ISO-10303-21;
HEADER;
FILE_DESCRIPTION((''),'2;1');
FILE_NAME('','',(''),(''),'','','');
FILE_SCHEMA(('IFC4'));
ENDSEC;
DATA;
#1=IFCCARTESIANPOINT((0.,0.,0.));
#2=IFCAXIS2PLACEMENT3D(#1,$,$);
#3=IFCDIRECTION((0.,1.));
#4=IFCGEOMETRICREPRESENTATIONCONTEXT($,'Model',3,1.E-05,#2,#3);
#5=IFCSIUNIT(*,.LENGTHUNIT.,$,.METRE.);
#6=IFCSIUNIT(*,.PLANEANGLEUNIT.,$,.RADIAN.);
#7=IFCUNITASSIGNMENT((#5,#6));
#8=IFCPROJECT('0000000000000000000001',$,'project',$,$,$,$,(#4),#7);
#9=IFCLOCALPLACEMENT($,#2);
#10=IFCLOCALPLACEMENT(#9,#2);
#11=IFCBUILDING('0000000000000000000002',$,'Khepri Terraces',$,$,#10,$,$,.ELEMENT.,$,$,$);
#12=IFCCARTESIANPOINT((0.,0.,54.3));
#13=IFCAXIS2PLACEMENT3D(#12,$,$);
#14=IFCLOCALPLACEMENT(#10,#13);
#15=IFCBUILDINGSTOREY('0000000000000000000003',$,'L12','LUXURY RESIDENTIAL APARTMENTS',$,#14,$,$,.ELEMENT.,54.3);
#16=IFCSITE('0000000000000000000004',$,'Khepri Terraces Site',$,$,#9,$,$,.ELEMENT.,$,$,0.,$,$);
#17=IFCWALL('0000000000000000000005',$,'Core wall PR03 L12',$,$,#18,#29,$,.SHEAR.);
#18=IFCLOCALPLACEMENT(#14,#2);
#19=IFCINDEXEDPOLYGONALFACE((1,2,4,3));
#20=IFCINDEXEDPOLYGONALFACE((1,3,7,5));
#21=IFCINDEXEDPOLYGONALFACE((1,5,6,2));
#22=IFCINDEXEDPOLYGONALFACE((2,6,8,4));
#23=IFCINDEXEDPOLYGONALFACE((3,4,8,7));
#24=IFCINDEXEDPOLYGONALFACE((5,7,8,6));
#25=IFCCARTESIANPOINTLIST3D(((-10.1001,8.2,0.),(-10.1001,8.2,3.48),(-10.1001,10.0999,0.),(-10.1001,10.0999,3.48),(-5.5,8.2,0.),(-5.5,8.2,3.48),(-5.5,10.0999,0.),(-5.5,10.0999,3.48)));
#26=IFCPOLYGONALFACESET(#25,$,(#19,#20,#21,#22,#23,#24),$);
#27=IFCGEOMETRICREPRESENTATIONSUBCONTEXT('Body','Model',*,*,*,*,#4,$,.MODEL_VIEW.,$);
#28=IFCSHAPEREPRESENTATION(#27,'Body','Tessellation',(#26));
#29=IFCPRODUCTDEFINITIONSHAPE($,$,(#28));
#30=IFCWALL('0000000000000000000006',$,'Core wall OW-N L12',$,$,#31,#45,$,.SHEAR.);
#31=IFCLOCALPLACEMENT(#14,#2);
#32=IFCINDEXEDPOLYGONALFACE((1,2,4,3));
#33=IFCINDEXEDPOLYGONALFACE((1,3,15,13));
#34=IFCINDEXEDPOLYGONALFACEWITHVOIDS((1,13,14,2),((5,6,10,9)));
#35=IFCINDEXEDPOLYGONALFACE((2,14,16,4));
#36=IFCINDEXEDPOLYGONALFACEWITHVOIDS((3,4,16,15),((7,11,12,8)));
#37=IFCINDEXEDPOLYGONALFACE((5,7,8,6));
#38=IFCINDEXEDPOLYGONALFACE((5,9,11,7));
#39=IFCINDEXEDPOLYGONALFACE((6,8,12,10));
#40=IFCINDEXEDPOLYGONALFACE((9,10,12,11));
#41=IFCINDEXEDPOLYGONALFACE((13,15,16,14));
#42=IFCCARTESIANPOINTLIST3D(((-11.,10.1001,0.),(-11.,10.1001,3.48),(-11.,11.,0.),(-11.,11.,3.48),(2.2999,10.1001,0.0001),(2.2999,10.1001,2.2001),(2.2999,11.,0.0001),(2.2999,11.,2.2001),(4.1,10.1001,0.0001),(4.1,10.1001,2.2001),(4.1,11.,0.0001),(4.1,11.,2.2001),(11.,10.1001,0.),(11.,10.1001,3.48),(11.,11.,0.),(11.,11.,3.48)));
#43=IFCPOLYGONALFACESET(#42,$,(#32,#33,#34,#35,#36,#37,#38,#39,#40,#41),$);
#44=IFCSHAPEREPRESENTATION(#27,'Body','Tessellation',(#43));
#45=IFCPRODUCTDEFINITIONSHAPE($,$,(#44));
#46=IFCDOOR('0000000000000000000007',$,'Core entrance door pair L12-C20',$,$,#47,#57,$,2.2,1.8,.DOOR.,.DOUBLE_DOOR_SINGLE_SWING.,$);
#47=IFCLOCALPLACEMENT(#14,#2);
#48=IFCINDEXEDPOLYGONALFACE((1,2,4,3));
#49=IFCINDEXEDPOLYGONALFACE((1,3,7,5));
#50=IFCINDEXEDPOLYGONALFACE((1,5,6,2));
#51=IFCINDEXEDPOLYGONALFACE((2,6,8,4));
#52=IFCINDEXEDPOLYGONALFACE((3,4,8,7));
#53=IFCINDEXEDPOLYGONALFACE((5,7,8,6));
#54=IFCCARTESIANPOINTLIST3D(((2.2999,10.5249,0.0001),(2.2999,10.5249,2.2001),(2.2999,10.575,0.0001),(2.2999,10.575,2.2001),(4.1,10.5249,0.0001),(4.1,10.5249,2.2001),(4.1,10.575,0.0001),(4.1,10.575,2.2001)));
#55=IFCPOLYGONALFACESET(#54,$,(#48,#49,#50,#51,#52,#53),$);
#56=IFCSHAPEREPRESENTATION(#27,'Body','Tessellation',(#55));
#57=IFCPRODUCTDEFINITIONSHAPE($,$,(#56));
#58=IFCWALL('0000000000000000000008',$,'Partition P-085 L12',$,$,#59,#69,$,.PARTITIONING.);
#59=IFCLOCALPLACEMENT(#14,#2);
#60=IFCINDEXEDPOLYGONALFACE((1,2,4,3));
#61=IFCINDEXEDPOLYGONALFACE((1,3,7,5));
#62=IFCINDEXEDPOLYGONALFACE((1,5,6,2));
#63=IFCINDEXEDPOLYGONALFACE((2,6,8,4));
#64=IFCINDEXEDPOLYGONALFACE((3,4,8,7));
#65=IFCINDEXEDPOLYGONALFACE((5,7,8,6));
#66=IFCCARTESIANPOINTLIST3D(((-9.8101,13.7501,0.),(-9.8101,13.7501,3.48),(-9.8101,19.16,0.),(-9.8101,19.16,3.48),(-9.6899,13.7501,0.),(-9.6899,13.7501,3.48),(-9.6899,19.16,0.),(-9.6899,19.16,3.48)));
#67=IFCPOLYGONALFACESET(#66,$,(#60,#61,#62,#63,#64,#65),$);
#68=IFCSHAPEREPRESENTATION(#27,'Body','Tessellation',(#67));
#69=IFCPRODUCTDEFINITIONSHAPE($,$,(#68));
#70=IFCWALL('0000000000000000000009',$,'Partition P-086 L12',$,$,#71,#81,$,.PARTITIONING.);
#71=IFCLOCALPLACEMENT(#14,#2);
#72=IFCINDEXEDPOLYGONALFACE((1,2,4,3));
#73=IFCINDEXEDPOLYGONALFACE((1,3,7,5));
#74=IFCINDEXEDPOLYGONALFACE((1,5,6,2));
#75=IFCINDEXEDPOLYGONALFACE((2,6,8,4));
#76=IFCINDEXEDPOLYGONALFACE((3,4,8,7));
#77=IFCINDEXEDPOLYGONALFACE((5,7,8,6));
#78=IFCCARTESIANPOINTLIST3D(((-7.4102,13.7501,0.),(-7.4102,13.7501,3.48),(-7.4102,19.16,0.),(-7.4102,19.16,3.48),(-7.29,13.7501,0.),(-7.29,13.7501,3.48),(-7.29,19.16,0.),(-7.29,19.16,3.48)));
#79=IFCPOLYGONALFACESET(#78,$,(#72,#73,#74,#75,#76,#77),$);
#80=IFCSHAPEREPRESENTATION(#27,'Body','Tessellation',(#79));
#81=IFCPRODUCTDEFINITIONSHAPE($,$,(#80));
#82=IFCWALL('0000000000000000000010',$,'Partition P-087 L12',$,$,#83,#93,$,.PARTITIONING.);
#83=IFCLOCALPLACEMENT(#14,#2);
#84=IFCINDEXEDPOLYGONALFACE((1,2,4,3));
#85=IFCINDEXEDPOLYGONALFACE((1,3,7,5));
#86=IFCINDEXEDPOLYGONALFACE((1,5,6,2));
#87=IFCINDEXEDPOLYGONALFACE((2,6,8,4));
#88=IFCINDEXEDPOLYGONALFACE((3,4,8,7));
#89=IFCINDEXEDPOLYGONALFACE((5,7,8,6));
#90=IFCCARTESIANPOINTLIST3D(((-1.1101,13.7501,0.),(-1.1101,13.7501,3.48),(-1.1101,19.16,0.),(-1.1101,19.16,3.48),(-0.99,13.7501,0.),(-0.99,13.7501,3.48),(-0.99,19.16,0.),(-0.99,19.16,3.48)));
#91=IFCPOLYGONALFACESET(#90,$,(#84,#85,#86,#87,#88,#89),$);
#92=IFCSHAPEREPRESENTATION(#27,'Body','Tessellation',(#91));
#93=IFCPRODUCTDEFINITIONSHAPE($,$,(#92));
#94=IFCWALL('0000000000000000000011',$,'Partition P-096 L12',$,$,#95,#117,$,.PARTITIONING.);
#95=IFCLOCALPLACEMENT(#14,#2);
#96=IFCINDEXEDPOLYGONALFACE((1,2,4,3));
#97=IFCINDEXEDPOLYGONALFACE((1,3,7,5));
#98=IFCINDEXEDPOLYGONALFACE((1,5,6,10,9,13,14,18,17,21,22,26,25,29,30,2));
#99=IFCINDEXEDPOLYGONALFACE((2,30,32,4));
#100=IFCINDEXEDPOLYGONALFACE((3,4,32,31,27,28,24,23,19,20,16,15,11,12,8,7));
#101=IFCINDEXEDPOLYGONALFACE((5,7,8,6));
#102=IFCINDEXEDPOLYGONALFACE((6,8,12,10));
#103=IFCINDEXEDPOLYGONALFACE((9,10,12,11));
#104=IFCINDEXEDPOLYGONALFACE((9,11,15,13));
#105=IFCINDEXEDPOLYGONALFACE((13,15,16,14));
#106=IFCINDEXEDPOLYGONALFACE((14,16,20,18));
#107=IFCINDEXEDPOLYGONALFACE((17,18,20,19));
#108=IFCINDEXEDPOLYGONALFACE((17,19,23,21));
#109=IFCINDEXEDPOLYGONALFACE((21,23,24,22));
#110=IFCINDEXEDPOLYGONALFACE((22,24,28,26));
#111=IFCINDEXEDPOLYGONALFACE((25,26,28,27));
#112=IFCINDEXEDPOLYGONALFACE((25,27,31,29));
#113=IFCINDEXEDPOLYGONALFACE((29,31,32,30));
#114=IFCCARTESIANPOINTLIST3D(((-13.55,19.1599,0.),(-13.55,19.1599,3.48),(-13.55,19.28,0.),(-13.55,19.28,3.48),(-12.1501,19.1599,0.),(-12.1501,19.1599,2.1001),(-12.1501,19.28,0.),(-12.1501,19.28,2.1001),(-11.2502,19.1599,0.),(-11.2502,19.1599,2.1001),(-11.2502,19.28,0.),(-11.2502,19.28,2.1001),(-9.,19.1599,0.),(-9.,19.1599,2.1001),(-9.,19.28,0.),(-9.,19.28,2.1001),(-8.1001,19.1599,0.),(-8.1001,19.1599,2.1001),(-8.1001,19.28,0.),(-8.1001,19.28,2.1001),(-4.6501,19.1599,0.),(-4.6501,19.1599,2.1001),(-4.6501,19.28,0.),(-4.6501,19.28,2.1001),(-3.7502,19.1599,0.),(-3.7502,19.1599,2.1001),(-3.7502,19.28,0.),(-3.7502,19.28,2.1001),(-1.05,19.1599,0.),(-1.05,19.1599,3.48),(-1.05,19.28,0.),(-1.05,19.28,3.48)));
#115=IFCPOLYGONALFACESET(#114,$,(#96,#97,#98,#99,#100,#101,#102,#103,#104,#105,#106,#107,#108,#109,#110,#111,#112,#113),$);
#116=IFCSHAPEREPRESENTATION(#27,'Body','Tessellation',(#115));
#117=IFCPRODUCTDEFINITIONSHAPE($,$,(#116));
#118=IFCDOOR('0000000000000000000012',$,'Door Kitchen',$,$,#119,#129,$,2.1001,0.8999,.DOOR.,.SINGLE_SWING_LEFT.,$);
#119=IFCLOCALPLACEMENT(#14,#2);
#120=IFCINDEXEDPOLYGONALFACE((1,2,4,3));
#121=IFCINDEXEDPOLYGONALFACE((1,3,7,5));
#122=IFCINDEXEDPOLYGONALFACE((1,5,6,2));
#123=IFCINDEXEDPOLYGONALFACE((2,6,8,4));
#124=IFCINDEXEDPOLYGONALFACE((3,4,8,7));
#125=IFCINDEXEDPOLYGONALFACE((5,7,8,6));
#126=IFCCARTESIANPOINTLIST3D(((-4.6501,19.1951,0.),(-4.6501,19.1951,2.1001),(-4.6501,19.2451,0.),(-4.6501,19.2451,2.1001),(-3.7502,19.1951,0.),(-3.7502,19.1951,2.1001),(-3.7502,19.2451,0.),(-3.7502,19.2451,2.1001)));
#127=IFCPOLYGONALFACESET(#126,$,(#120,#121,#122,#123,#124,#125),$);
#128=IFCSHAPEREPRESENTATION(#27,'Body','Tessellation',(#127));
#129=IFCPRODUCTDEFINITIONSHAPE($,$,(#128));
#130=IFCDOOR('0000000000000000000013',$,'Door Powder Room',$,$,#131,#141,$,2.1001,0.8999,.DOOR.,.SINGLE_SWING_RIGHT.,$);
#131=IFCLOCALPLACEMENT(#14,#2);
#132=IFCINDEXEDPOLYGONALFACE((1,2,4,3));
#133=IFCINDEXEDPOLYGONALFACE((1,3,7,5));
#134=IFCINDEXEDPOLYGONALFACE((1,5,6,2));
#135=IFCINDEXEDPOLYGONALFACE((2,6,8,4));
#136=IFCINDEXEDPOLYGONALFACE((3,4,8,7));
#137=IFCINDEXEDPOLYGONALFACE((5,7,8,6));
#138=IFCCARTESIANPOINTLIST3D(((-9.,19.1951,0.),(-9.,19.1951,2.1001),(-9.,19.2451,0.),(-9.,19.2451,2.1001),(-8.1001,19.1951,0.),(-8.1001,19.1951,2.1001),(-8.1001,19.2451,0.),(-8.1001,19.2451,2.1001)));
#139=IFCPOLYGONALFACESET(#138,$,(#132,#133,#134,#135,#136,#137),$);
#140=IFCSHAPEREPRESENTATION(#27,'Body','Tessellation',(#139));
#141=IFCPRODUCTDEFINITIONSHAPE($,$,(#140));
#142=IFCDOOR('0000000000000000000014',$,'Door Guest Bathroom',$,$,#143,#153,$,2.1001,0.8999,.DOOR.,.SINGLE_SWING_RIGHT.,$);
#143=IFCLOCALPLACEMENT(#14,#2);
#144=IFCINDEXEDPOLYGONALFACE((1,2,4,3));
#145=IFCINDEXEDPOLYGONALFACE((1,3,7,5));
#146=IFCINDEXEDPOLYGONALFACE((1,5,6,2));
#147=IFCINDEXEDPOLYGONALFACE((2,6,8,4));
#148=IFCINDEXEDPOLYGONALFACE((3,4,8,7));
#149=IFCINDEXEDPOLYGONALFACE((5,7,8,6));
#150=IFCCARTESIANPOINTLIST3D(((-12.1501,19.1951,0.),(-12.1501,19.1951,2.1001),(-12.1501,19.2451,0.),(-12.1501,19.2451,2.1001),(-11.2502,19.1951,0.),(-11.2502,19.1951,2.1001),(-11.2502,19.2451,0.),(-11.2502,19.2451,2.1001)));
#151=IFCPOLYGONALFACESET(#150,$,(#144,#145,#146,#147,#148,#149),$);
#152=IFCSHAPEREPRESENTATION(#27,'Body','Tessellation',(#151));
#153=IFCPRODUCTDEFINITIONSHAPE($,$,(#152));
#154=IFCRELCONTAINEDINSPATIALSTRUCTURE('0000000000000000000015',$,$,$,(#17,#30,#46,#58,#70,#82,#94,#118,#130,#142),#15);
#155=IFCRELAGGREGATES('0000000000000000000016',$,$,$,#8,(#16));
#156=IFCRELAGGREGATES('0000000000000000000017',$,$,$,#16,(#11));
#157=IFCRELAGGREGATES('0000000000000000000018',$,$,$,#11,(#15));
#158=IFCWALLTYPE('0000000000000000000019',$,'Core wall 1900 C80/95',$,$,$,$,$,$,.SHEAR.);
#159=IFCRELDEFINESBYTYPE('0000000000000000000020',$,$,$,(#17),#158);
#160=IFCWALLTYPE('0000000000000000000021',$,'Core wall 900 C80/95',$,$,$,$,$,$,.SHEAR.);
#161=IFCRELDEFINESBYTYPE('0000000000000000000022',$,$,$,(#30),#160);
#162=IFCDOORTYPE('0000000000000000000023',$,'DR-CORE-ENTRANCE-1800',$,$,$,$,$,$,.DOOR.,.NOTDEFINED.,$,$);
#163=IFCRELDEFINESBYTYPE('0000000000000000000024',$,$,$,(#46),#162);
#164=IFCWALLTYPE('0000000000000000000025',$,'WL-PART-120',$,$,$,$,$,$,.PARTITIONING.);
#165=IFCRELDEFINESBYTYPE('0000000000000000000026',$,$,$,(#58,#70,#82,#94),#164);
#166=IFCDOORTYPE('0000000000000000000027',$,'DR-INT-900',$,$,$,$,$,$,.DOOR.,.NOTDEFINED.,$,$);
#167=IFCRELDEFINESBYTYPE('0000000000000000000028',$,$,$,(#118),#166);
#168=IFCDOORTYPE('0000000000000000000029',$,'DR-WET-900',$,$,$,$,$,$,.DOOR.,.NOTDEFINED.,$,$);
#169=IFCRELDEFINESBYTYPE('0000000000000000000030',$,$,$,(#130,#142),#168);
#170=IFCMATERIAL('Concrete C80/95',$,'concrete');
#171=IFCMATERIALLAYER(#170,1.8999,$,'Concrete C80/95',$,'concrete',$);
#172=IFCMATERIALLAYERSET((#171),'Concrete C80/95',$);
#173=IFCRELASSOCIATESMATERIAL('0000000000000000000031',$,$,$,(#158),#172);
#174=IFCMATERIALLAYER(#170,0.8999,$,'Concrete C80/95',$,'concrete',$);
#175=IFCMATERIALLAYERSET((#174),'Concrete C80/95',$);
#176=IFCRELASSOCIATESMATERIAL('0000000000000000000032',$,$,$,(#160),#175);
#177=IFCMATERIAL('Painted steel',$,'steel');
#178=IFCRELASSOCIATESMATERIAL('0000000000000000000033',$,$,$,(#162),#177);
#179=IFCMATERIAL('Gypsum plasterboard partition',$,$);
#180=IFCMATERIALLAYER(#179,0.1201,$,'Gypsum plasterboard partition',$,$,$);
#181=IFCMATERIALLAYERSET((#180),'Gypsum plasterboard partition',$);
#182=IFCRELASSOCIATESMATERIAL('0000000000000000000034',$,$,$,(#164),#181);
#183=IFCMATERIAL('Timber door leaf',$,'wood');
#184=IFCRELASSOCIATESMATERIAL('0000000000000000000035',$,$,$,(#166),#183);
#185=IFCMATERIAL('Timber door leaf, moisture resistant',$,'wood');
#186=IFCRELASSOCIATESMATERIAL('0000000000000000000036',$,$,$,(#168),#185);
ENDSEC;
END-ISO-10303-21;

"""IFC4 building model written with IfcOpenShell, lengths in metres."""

from ifc_helpers import new_model, si_unit, direction, frame, frame_2d, origin, place, context, subcontext, project, spatial, rectangle, extrude, material, layer, layer_set, type_object, element, fill, save


model = new_model("IFC4")

# Units and contexts
model_context = context("Model", 3, precision=1e-05, world=origin(), true_north=direction((0.0, 1.0)))
body_context = subcontext(model_context, "Body", "Model", "MODEL_VIEW")
ifc_project = project(units=[si_unit("LENGTHUNIT", "METRE"), si_unit("PLANEANGLEUNIT", "RADIAN")], contexts=[model_context])

# Site, building, storey
site_placement = place(None, origin())
site = spatial("IfcSite", under=ifc_project, at=site_placement, Name="Khepri Terraces Site", CompositionType="ELEMENT", RefElevation=0.0)
building_placement = place(site_placement, origin())
building = spatial("IfcBuilding", under=site, at=building_placement, Name="Khepri Terraces", CompositionType="ELEMENT")
storey_placement = place(building_placement, frame((0.0, 0.0, 54.3)))
storey = spatial("IfcBuildingStorey", under=building, at=storey_placement, Name="L12", Description="LUXURY RESIDENTIAL APARTMENTS", CompositionType="ELEMENT", Elevation=54.3)

# Wall
ifc_material_1 = material(Name="Concrete C80/95", Category="concrete")
ifc_layer_1 = layer(ifc_material_1, 1.8999, Name="Concrete C80/95", Category="concrete")
ifc_layer_set_1 = layer_set([ifc_layer_1], Name="Concrete C80/95")
wall_type_1 = type_object("IfcWallType", Name="Core wall 1900 C80/95", PredefinedType="SHEAR", material=ifc_layer_set_1)
wall_1_placement = place(storey_placement, frame((-10.1001, 9.1499, 0.0), z_axis=(0.0, 0.0, 1.0), x_axis=(1.0, 0.0, 0.0)))
element("IfcWall", 1, at=wall_1_placement, inside=storey, type_object=wall_type_1, Name="Core wall PR03 L12", PredefinedType="SHEAR", context=body_context, shape_type="SweptSolid", body=[
    extrude(rectangle(XDim=4.6001, YDim=1.8999, at=frame_2d((2.3, 0.0))), origin(), (0.0, 0.0, 1.0), 3.48),
])

# Wall, opening, door
ifc_layer_2 = layer(ifc_material_1, 0.8999, Name="Concrete C80/95", Category="concrete")
ifc_layer_set_2 = layer_set([ifc_layer_2], Name="Concrete C80/95")
wall_type_2 = type_object("IfcWallType", Name="Core wall 900 C80/95", PredefinedType="SHEAR", material=ifc_layer_set_2)
wall_2_placement = place(storey_placement, frame((-11.0, 10.55, 0.0), z_axis=(0.0, 0.0, 1.0), x_axis=(1.0, 0.0, 0.0)))
wall_2 = element("IfcWall", 2, at=wall_2_placement, inside=storey, type_object=wall_type_2, Name="Core wall OW-N L12", PredefinedType="SHEAR", context=body_context, shape_type="SweptSolid", body=[
    extrude(rectangle(XDim=22.0, YDim=0.8999, at=frame_2d((11.0, 0.0))), origin(), (0.0, 0.0, 1.0), 3.48),
])
opening_1_placement = place(wall_2_placement, frame((13.3, 0.0, 0.0)))
opening_1 = element("IfcOpeningElement", 3, at=opening_1_placement, cuts=wall_2, PredefinedType="OPENING", context=body_context, shape_type="SweptSolid", body=[
    extrude(rectangle(XDim=1.8, YDim=2.2, at=frame_2d((0.8999, 1.1001))), frame((0.0, 0.46, 0.0), z_axis=(0.0, -1.0, 0.0), x_axis=(1.0, 0.0, 0.0)), (0.0, 0.0, 1.0), 0.9199),
])
ifc_material_2 = material(Name="Painted steel", Category="steel")
door_type_1 = type_object("IfcDoorType", Name="DR-CORE-ENTRANCE-1800", OperationType="NOTDEFINED", PredefinedType="DOOR", material=ifc_material_2)
door_1_placement = place(opening_1_placement, origin())
door_1 = element("IfcDoor", 4, at=door_1_placement, inside=storey, type_object=door_type_1, Name="Core entrance door pair L12-C20", OperationType="DOUBLE_DOOR_SINGLE_SWING", OverallHeight=2.2, OverallWidth=1.8, PredefinedType="DOOR", context=body_context, shape_type="SweptSolid", body=[
    extrude(rectangle(XDim=1.8, YDim=2.2, at=frame_2d((0.8999, 1.1001))), frame((0.0, 0.0249, 0.0), z_axis=(0.0, -1.0, 0.0), x_axis=(1.0, 0.0, 0.0)), (0.0, 0.0, 1.0), 0.05),
])
fill(opening_1, door_1)

# Walls
ifc_material_3 = material(Name="Gypsum plasterboard partition")
ifc_layer_3 = layer(ifc_material_3, 0.1201, Name="Gypsum plasterboard partition")
ifc_layer_set_3 = layer_set([ifc_layer_3], Name="Gypsum plasterboard partition")
wall_type_3 = type_object("IfcWallType", Name="WL-PART-120", PredefinedType="PARTITIONING", material=ifc_layer_set_3)
for number, where, z_axis, x_axis, name in (
    (5, (-9.75, 13.75, 0.0), (0.0, 0.0, 1.0), (0.0, 1.0, 0.0), "Partition P-085 L12"),
    (6, (-7.3501, 13.75, 0.0), (0.0, 0.0, 1.0), (0.0, 1.0, 0.0), "Partition P-086 L12"),
    (7, (-1.05, 13.75, 0.0), (0.0, 0.0, 1.0), (0.0, 1.0, 0.0), "Partition P-087 L12"),
):
    element("IfcWall", number, at=place(storey_placement, frame(where, z_axis=z_axis, x_axis=x_axis)), inside=storey, type_object=wall_type_3, Name=name, PredefinedType="PARTITIONING", context=body_context, shape_type="SweptSolid", body=[
        extrude(rectangle(XDim=5.4099, YDim=0.1201, at=frame_2d((2.7051, 0.0))), origin(), (0.0, 0.0, 1.0), 3.48),
    ])

# Wall, openings, doors
wall_3_placement = place(storey_placement, frame((-13.55, 19.22, 0.0), z_axis=(0.0, 0.0, 1.0), x_axis=(1.0, 0.0, 0.0)))
wall_3 = element("IfcWall", 8, at=wall_3_placement, inside=storey, type_object=wall_type_3, Name="Partition P-096 L12", PredefinedType="PARTITIONING", context=body_context, shape_type="SweptSolid", body=[
    extrude(rectangle(XDim=12.5, YDim=0.1201, at=frame_2d((6.25, 0.0))), origin(), (0.0, 0.0, 1.0), 3.48),
])
opening_2_placement = place(wall_3_placement, frame((8.8999, 0.0, 0.0)))
opening_2 = element("IfcOpeningElement", 9, at=opening_2_placement, cuts=wall_3, PredefinedType="OPENING", context=body_context, shape_type="SweptSolid", body=[
    extrude(rectangle(XDim=0.8999, YDim=2.1001, at=frame_2d((0.45, 1.05))), frame((0.0, 0.0701, 0.0), z_axis=(0.0, -1.0, 0.0), x_axis=(1.0, 0.0, 0.0)), (0.0, 0.0, 1.0), 0.1401),
])
opening_3_placement = place(wall_3_placement, frame((4.55, 0.0, 0.0)))
opening_3 = element("IfcOpeningElement", 10, at=opening_3_placement, cuts=wall_3, PredefinedType="OPENING", context=body_context, shape_type="SweptSolid", body=[
    extrude(rectangle(XDim=0.8999, YDim=2.1001, at=frame_2d((0.45, 1.05))), frame((0.0, 0.0701, 0.0), z_axis=(0.0, -1.0, 0.0), x_axis=(1.0, 0.0, 0.0)), (0.0, 0.0, 1.0), 0.1401),
])
opening_4_placement = place(wall_3_placement, frame((1.3999, 0.0, 0.0)))
opening_4 = element("IfcOpeningElement", 11, at=opening_4_placement, cuts=wall_3, PredefinedType="OPENING", context=body_context, shape_type="SweptSolid", body=[
    extrude(rectangle(XDim=0.8999, YDim=2.1001, at=frame_2d((0.45, 1.05))), frame((0.0, 0.0701, 0.0), z_axis=(0.0, -1.0, 0.0), x_axis=(1.0, 0.0, 0.0)), (0.0, 0.0, 1.0), 0.1401),
])
ifc_material_4 = material(Name="Timber door leaf", Category="wood")
door_type_2 = type_object("IfcDoorType", Name="DR-INT-900", OperationType="NOTDEFINED", PredefinedType="DOOR", material=ifc_material_4)
door_2_placement = place(opening_2_placement, frame((0.8999, 0.0, 0.0), z_axis=(0.0, 0.0, 1.0), x_axis=(-1.0, 0.0, 0.0)))
door_2 = element("IfcDoor", 12, at=door_2_placement, inside=storey, type_object=door_type_2, Name="Door Kitchen", OperationType="SINGLE_SWING_LEFT", OverallHeight=2.1001, OverallWidth=0.8999, PredefinedType="DOOR", context=body_context, shape_type="SweptSolid", body=[
    extrude(rectangle(XDim=0.8999, YDim=2.1001, at=frame_2d((0.45, 1.05))), frame((0.0, 0.0249, 0.0), z_axis=(0.0, -1.0, 0.0), x_axis=(1.0, 0.0, 0.0)), (0.0, 0.0, 1.0), 0.05),
])
fill(opening_2, door_2)
ifc_material_5 = material(Name="Timber door leaf, moisture resistant", Category="wood")
door_type_3 = type_object("IfcDoorType", Name="DR-WET-900", OperationType="NOTDEFINED", PredefinedType="DOOR", material=ifc_material_5)
door_3_placement = place(opening_3_placement, frame((0.8999, 0.0, 0.0), z_axis=(0.0, 0.0, 1.0), x_axis=(-1.0, 0.0, 0.0)))
door_3 = element("IfcDoor", 13, at=door_3_placement, inside=storey, type_object=door_type_3, Name="Door Powder Room", OperationType="SINGLE_SWING_RIGHT", OverallHeight=2.1001, OverallWidth=0.8999, PredefinedType="DOOR", context=body_context, shape_type="SweptSolid", body=[
    extrude(rectangle(XDim=0.8999, YDim=2.1001, at=frame_2d((0.45, 1.05))), frame((0.0, 0.0249, 0.0), z_axis=(0.0, -1.0, 0.0), x_axis=(1.0, 0.0, 0.0)), (0.0, 0.0, 1.0), 0.05),
])
fill(opening_3, door_3)
door_4_placement = place(opening_4_placement, frame((0.8999, 0.0, 0.0), z_axis=(0.0, 0.0, 1.0), x_axis=(-1.0, 0.0, 0.0)))
door_4 = element("IfcDoor", 14, at=door_4_placement, inside=storey, type_object=door_type_3, Name="Door Guest Bathroom", OperationType="SINGLE_SWING_RIGHT", OverallHeight=2.1001, OverallWidth=0.8999, PredefinedType="DOOR", context=body_context, shape_type="SweptSolid", body=[
    extrude(rectangle(XDim=0.8999, YDim=2.1001, at=frame_2d((0.45, 1.05))), frame((0.0, 0.0249, 0.0), z_axis=(0.0, -1.0, 0.0), x_axis=(1.0, 0.0, 0.0)), (0.0, 0.0, 1.0), 0.05),
])
fill(opening_4, door_4)

save(model, "model.ifc")
